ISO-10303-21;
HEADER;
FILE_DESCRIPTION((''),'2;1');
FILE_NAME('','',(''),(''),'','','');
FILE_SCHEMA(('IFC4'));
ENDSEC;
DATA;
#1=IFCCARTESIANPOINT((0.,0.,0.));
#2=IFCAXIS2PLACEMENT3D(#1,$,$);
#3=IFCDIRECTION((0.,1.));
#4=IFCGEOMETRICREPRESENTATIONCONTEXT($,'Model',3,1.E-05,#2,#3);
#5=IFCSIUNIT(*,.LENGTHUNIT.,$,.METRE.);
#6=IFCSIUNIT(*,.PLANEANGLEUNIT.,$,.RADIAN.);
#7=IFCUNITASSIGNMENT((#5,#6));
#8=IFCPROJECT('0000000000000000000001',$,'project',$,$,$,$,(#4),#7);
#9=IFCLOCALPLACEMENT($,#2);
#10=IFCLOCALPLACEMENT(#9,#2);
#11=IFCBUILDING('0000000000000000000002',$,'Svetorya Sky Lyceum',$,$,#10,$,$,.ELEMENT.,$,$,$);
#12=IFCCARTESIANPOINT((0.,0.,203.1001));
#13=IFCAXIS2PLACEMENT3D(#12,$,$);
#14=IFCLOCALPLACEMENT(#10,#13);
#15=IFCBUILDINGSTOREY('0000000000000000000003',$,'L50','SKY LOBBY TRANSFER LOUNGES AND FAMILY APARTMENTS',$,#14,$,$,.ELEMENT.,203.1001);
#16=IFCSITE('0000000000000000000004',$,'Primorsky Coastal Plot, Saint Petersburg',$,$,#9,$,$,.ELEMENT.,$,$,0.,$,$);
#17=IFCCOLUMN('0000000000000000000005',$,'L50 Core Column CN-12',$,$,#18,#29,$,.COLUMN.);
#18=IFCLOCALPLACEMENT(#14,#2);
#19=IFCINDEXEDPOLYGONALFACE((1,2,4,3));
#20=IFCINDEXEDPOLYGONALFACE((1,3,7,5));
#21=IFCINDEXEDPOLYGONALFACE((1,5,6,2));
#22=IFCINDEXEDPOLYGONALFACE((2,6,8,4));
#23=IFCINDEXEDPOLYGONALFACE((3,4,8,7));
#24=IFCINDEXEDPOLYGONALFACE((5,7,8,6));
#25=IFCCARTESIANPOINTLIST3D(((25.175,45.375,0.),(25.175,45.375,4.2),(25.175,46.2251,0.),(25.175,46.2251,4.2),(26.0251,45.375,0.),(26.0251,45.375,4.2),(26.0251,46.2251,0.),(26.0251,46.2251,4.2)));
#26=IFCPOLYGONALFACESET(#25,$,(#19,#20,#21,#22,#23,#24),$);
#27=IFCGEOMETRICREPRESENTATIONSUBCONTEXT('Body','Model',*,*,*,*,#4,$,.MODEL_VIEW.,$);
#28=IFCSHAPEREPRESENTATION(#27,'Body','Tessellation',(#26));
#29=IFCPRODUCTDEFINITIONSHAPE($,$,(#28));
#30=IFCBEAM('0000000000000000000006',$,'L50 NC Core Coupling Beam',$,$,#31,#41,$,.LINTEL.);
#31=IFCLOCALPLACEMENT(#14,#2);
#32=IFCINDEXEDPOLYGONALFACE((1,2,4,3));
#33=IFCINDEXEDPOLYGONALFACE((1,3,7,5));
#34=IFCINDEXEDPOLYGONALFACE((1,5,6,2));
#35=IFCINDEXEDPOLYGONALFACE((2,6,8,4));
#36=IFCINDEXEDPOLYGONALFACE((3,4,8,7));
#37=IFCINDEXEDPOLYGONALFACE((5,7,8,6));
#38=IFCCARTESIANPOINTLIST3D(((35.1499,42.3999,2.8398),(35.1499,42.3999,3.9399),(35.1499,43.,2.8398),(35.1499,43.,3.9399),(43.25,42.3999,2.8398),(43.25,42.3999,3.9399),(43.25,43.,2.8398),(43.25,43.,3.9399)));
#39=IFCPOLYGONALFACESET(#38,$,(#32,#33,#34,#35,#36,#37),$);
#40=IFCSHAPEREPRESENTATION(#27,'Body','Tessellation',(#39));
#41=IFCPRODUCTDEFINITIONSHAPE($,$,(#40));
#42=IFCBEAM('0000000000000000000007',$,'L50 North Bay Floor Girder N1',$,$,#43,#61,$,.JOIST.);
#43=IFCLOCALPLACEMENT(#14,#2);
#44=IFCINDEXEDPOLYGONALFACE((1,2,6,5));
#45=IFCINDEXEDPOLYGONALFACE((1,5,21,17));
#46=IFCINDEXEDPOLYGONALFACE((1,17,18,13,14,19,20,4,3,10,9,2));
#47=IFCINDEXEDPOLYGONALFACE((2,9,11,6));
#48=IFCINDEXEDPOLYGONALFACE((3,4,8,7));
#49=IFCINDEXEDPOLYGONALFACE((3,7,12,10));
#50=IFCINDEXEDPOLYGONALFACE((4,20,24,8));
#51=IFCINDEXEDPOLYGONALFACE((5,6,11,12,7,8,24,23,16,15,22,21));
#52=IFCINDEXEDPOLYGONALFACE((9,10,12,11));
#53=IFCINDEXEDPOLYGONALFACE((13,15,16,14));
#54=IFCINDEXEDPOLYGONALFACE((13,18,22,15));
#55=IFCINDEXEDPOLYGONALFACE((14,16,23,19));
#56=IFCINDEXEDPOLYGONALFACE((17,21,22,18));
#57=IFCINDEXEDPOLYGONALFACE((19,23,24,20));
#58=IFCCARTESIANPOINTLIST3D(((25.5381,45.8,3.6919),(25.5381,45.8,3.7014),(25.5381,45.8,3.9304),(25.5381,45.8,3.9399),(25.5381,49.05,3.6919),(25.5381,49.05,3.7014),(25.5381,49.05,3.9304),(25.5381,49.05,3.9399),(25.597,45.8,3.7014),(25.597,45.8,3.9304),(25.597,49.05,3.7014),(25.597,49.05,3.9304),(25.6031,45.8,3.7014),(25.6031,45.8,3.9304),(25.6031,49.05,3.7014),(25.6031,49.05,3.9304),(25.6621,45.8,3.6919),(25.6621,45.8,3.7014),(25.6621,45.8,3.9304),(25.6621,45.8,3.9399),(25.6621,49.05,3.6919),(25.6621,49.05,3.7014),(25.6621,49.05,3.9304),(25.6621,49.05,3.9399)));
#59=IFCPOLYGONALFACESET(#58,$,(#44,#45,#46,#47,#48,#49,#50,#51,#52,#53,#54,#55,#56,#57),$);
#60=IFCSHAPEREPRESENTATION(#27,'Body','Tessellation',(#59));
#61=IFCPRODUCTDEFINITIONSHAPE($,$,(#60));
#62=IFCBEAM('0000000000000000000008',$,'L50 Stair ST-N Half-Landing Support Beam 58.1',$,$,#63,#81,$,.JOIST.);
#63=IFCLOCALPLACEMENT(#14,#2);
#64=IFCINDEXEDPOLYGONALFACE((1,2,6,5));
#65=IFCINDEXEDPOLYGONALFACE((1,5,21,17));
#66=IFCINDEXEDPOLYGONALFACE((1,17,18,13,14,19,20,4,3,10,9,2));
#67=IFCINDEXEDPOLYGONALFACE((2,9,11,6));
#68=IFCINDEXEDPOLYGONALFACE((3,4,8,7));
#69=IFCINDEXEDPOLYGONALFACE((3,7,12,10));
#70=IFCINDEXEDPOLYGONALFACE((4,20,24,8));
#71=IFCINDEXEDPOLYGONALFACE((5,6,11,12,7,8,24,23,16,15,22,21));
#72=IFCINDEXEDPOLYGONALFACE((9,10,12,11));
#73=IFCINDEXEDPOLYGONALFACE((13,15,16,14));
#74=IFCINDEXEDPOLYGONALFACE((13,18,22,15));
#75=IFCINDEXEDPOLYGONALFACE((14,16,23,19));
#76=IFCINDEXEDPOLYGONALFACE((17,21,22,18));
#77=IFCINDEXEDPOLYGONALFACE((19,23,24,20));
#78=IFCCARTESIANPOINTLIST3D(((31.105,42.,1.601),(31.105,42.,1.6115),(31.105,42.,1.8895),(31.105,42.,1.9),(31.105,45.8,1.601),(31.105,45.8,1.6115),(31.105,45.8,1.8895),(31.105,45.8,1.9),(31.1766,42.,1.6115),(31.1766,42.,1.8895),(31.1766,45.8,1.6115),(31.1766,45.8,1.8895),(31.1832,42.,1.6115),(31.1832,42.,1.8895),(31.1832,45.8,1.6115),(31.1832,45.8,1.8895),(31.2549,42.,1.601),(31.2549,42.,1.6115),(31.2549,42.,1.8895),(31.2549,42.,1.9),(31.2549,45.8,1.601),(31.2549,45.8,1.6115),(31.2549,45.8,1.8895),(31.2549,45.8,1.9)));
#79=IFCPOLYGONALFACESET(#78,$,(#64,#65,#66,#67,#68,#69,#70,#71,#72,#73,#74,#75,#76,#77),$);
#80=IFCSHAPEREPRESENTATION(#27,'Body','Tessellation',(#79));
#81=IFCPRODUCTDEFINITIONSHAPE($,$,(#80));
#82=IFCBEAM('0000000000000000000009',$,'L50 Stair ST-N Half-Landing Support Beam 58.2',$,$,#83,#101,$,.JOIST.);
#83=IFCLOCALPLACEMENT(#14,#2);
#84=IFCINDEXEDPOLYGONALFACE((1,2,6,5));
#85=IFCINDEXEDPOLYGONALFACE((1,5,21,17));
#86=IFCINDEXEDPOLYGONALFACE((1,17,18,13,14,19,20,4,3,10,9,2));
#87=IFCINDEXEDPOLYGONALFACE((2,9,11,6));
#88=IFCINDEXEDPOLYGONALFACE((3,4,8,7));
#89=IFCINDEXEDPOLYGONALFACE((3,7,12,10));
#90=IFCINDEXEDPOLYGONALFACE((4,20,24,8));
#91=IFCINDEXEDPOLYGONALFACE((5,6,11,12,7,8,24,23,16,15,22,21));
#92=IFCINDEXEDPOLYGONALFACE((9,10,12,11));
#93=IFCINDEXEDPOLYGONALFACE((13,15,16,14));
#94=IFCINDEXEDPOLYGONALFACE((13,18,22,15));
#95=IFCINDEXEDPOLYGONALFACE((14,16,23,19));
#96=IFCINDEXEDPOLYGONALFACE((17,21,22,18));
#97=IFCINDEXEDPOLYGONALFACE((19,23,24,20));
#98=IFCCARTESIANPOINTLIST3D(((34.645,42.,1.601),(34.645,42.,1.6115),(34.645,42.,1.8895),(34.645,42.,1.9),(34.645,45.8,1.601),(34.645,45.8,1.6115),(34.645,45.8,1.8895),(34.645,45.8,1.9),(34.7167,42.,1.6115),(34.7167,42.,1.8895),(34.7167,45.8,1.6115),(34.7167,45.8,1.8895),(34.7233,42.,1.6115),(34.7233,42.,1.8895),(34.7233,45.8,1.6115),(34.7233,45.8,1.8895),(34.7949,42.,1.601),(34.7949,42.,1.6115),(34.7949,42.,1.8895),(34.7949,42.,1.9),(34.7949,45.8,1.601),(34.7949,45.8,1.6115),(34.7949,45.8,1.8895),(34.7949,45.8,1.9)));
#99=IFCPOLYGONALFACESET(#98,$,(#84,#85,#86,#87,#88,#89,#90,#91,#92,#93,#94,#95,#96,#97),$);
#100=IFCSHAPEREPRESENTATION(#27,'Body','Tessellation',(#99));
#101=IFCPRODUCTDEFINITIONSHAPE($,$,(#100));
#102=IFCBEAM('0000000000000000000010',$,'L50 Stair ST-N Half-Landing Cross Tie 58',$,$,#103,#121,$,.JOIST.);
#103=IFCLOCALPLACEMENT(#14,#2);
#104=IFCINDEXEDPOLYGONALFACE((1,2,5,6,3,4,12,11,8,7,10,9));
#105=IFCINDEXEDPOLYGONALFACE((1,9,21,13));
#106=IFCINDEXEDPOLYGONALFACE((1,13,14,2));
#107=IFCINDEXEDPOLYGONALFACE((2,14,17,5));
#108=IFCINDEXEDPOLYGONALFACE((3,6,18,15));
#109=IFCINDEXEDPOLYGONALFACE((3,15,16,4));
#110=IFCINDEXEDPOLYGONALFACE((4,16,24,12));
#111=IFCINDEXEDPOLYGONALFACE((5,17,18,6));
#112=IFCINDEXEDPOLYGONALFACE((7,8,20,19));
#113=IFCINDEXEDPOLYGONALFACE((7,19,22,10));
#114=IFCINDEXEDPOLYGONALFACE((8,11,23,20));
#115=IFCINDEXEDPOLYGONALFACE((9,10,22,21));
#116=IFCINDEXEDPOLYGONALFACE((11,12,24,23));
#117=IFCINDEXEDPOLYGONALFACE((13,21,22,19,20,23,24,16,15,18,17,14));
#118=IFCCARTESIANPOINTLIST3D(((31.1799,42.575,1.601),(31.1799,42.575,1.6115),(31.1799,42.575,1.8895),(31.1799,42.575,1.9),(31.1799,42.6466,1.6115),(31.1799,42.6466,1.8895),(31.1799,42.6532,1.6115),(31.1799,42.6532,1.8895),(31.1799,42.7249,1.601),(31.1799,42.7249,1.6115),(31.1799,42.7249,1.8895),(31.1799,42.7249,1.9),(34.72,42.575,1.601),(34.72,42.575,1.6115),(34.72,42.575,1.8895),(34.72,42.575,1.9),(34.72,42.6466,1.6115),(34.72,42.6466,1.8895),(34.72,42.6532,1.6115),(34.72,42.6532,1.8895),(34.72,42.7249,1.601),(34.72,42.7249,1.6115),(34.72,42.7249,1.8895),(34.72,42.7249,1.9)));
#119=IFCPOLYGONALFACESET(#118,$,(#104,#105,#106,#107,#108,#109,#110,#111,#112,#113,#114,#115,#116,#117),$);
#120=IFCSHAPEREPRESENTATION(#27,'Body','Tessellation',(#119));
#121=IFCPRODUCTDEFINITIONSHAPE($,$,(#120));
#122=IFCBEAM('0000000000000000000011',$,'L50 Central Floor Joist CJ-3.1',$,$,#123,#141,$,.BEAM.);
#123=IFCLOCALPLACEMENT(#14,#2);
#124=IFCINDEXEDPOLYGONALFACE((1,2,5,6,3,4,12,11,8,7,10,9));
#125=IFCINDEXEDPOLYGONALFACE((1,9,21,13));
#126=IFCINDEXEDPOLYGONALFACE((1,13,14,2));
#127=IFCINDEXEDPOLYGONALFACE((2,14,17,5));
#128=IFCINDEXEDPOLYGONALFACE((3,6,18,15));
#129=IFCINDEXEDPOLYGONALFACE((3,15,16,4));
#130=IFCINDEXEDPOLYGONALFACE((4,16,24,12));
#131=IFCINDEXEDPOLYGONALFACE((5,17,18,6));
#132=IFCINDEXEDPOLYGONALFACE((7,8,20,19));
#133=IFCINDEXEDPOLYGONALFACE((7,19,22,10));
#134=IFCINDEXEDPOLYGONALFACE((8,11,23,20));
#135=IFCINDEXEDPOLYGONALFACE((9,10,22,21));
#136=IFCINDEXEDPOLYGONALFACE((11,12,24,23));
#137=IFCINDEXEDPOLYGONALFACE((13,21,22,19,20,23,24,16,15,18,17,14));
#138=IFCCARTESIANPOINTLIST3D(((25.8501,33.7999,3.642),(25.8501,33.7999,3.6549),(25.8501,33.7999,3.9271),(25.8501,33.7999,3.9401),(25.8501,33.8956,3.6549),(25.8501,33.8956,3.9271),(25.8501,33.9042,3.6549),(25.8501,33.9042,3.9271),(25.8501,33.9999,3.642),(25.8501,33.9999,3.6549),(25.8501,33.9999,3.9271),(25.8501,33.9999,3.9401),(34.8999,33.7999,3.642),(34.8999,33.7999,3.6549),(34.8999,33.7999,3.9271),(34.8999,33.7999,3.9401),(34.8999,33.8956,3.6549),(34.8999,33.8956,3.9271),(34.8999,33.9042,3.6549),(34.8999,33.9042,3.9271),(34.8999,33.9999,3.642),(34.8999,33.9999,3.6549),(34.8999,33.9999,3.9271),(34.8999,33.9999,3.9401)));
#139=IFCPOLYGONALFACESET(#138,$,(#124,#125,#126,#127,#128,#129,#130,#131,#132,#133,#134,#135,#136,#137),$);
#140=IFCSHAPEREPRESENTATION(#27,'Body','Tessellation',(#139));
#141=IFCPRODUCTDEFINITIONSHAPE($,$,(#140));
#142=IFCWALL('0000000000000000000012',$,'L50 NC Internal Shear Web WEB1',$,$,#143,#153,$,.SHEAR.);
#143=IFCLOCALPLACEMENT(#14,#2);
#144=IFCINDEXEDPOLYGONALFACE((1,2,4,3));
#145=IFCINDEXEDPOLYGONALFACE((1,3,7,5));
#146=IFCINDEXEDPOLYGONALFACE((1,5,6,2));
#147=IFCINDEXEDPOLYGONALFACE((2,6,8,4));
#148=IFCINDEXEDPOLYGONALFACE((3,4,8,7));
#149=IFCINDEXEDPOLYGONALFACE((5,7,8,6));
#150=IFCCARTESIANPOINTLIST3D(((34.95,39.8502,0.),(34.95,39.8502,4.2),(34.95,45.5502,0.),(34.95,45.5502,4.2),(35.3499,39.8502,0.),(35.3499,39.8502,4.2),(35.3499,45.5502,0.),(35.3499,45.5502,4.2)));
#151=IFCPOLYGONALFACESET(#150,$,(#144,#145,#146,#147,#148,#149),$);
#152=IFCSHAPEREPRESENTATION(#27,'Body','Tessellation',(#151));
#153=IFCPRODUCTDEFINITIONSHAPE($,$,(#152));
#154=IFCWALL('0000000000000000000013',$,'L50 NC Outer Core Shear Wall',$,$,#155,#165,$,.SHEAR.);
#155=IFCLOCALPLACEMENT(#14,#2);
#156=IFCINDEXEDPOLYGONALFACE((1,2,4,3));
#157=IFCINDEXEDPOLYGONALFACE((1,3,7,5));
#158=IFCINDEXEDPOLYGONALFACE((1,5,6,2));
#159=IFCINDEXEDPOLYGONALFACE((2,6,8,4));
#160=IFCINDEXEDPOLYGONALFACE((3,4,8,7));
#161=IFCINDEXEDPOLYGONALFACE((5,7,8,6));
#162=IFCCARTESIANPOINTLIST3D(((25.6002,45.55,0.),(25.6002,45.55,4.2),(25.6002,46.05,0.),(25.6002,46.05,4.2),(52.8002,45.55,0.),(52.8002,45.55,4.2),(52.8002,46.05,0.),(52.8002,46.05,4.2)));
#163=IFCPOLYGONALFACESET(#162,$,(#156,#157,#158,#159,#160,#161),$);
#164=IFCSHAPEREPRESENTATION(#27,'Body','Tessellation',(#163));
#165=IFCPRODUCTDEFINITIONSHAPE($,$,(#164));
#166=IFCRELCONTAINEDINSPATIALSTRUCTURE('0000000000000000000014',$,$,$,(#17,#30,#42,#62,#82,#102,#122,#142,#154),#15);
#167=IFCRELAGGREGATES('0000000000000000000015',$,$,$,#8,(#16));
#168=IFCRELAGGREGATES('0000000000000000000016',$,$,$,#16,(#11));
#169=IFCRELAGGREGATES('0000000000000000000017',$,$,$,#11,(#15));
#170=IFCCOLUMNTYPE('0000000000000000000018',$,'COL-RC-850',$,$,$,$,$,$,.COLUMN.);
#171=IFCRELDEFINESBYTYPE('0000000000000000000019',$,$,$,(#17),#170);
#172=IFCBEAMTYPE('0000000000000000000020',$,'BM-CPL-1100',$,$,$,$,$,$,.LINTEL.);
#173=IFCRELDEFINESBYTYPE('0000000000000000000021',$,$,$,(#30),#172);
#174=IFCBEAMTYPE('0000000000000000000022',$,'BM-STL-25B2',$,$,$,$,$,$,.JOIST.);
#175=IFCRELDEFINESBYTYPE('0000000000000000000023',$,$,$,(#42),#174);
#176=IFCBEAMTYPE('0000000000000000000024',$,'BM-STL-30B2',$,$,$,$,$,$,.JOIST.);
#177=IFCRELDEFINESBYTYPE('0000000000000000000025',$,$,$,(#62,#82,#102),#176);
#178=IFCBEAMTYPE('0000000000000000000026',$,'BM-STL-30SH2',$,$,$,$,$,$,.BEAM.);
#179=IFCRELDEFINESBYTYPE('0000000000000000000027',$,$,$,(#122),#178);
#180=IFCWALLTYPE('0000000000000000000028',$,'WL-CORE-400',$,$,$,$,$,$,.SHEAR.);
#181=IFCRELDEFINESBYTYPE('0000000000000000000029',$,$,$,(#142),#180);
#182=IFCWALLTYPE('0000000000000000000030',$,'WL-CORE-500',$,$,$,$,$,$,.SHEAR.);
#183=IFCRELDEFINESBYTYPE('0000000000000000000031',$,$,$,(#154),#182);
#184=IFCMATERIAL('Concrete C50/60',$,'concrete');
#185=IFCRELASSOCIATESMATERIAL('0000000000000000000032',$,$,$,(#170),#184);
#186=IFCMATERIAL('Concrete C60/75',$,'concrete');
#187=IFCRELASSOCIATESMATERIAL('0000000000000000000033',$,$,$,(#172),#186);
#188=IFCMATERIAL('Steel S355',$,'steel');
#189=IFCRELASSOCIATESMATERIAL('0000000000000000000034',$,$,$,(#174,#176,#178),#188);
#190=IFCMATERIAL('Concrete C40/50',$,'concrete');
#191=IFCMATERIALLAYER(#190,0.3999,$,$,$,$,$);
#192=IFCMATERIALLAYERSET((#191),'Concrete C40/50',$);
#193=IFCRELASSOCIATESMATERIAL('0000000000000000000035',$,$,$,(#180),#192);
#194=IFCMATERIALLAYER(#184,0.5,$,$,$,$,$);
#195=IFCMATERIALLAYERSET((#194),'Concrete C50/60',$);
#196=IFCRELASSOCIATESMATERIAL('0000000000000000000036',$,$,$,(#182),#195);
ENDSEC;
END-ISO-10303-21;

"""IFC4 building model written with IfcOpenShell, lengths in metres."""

from ifc_helpers import new_model, si_unit, direction, frame, frame_2d, origin, origin_2d, place, context, subcontext, project, spatial, rectangle, i_section, extrude, material, layer, layer_set, material_profile, profile_set, type_object, element, save


model = new_model("IFC4")

# Units and contexts
model_context = context("Model", 3, precision=1e-05, world=origin(), true_north=direction((0.0, 1.0)))
body_context = subcontext(model_context, "Body", "Model", "MODEL_VIEW")
ifc_project = project(units=[si_unit("LENGTHUNIT", "METRE"), si_unit("PLANEANGLEUNIT", "RADIAN")], contexts=[model_context])

# Site, building, storey
site_placement = place(None, origin())
site = spatial("IfcSite", under=ifc_project, at=site_placement, Name="Primorsky Coastal Plot, Saint Petersburg", CompositionType="ELEMENT", RefElevation=0.0)
building_placement = place(site_placement, origin())
building = spatial("IfcBuilding", under=site, at=building_placement, Name="Svetorya Sky Lyceum", CompositionType="ELEMENT")
storey_placement = place(building_placement, frame((0.0, 0.0, 203.1001)))
storey = spatial("IfcBuildingStorey", under=building, at=storey_placement, Name="L50", Description="SKY LOBBY TRANSFER LOUNGES AND FAMILY APARTMENTS", CompositionType="ELEMENT", Elevation=203.1001)

# Column
ifc_material_1 = material(Name="Concrete C50/60", Category="concrete")
ifc_material_profile_1 = material_profile(ifc_material_1, rectangle(XDim=0.8501, YDim=0.8501, at=origin_2d()), Name="RC COL 850x850")
ifc_profile_set_1 = profile_set([ifc_material_profile_1], Name="Concrete C50/60")
column_type = type_object("IfcColumnType", Name="COL-RC-850", PredefinedType="COLUMN", material=ifc_profile_set_1)
column_placement = place(storey_placement, frame((25.6001, 45.8, 0.0), z_axis=(0.0, 0.0, 1.0), x_axis=(1.0, 0.0, 0.0)))
element("IfcColumn", 1, at=column_placement, inside=storey, type_object=column_type, Name="L50 Core Column CN-12", PredefinedType="COLUMN", context=body_context, shape_type="SweptSolid", body=[
    extrude(rectangle(XDim=0.8501, YDim=0.8501, at=origin_2d()), origin(), (0.0, 0.0, 1.0), 4.2),
])

# Beams
ifc_material_2 = material(Name="Concrete C60/75", Category="concrete")
ifc_material_profile_2 = material_profile(ifc_material_2, rectangle(XDim=0.6001, YDim=1.1001, at=origin_2d()), Name="RC COUPLING 600x1100")
ifc_profile_set_2 = profile_set([ifc_material_profile_2], Name="Concrete C60/75")
beam_type_1 = type_object("IfcBeamType", Name="BM-CPL-1100", PredefinedType="LINTEL", material=ifc_profile_set_2)
beam_1_placement = place(storey_placement, frame((35.1499, 42.7, 3.3899), z_axis=(1.0, 0.0, 0.0), x_axis=(0.0, 1.0, 0.0)))
element("IfcBeam", 2, at=beam_1_placement, inside=storey, type_object=beam_type_1, Name="L50 NC Core Coupling Beam", PredefinedType="LINTEL", context=body_context, shape_type="SweptSolid", body=[
    extrude(rectangle(XDim=0.6001, YDim=1.1001, at=origin_2d()), origin(), (0.0, 0.0, 1.0), 8.1001),
])
ifc_material_3 = material(Name="Steel S355", Category="steel")
ifc_material_profile_3 = material_profile(ifc_material_3, i_section(OverallWidth=0.124, OverallDepth=0.248, WebThickness=0.0061, FlangeThickness=0.0095, at=origin_2d()), Name="GOST 25B2")
ifc_profile_set_3 = profile_set([ifc_material_profile_3], Name="Steel S355")
beam_type_2 = type_object("IfcBeamType", Name="BM-STL-25B2", PredefinedType="JOIST", material=ifc_profile_set_3)
beam_2_placement = place(storey_placement, frame((25.6001, 45.8, 3.8159), z_axis=(0.0, 1.0, 0.0), x_axis=(-1.0, 0.0, 0.0)))
element("IfcBeam", 3, at=beam_2_placement, inside=storey, type_object=beam_type_2, Name="L50 North Bay Floor Girder N1", PredefinedType="JOIST", context=body_context, shape_type="SweptSolid", body=[
    extrude(i_section(OverallWidth=0.124, OverallDepth=0.248, WebThickness=0.0061, FlangeThickness=0.0095, at=origin_2d()), origin(), (0.0, 0.0, 1.0), 3.25),
])
ifc_material_profile_4 = material_profile(ifc_material_3, i_section(OverallWidth=0.1499, OverallDepth=0.2991, WebThickness=0.0066, FlangeThickness=0.0105, at=origin_2d()), Name="GOST 30B2")
ifc_profile_set_4 = profile_set([ifc_material_profile_4], Name="Steel S355")
beam_type_3 = type_object("IfcBeamType", Name="BM-STL-30B2", PredefinedType="JOIST", material=ifc_profile_set_4)
for number, where, z_axis, x_axis, name in (
    (4, (31.1799, 42.0, 1.7505), (0.0, 1.0, 0.0), (-1.0, 0.0, 0.0), "L50 Stair ST-N Half-Landing Support Beam 58.1"),
    (5, (34.72, 42.0, 1.7505), (0.0, 1.0, 0.0), (-1.0, 0.0, 0.0), "L50 Stair ST-N Half-Landing Support Beam 58.2"),
):
    element("IfcBeam", number, at=place(storey_placement, frame(where, z_axis=z_axis, x_axis=x_axis)), inside=storey, type_object=beam_type_3, Name=name, PredefinedType="JOIST", context=body_context, shape_type="SweptSolid", body=[
        extrude(i_section(OverallWidth=0.1499, OverallDepth=0.2991, WebThickness=0.0066, FlangeThickness=0.0105, at=origin_2d()), origin(), (0.0, 0.0, 1.0), 3.8),
    ])
beam_3_placement = place(storey_placement, frame((31.1799, 42.6499, 1.7505), z_axis=(1.0, 0.0, 0.0), x_axis=(0.0, 1.0, 0.0)))
element("IfcBeam", 6, at=beam_3_placement, inside=storey, type_object=beam_type_3, Name="L50 Stair ST-N Half-Landing Cross Tie 58", PredefinedType="JOIST", context=body_context, shape_type="SweptSolid", body=[
    extrude(i_section(OverallWidth=0.1499, OverallDepth=0.2991, WebThickness=0.0066, FlangeThickness=0.0105, at=origin_2d()), origin(), (0.0, 0.0, 1.0), 3.54),
])
ifc_material_profile_5 = material_profile(ifc_material_3, i_section(OverallWidth=0.2, OverallDepth=0.2981, WebThickness=0.0085, FlangeThickness=0.0129, at=origin_2d()), Name="GOST 30Sh2")
ifc_profile_set_5 = profile_set([ifc_material_profile_5], Name="Steel S355")
beam_type_4 = type_object("IfcBeamType", Name="BM-STL-30SH2", PredefinedType="BEAM", material=ifc_profile_set_5)
beam_4_placement = place(storey_placement, frame((25.8501, 33.8999, 3.791), z_axis=(1.0, 0.0, 0.0), x_axis=(0.0, 1.0, 0.0)))
element("IfcBeam", 7, at=beam_4_placement, inside=storey, type_object=beam_type_4, Name="L50 Central Floor Joist CJ-3.1", PredefinedType="BEAM", context=body_context, shape_type="SweptSolid", body=[
    extrude(i_section(OverallWidth=0.2, OverallDepth=0.2981, WebThickness=0.0085, FlangeThickness=0.0129, at=origin_2d()), origin(), (0.0, 0.0, 1.0), 9.0498),
])

# Walls
ifc_material_4 = material(Name="Concrete C40/50", Category="concrete")
ifc_layer_1 = layer(ifc_material_4, 0.3999)
ifc_layer_set_1 = layer_set([ifc_layer_1], Name="Concrete C40/50")
wall_type_1 = type_object("IfcWallType", Name="WL-CORE-400", PredefinedType="SHEAR", material=ifc_layer_set_1)
wall_1_placement = place(storey_placement, frame((35.1499, 39.8501, 0.0), z_axis=(0.0, 0.0, 1.0), x_axis=(0.0, 1.0, 0.0)))
element("IfcWall", 8, at=wall_1_placement, inside=storey, type_object=wall_type_1, Name="L50 NC Internal Shear Web WEB1", PredefinedType="SHEAR", context=body_context, shape_type="SweptSolid", body=[
    extrude(rectangle(XDim=5.7, YDim=0.3999, at=frame_2d((2.8501, 0.0))), origin(), (0.0, 0.0, 1.0), 4.2),
])
ifc_layer_2 = layer(ifc_material_1, 0.5)
ifc_layer_set_2 = layer_set([ifc_layer_2], Name="Concrete C50/60")
wall_type_2 = type_object("IfcWallType", Name="WL-CORE-500", PredefinedType="SHEAR", material=ifc_layer_set_2)
wall_2_placement = place(storey_placement, frame((25.6001, 45.8, 0.0), z_axis=(0.0, 0.0, 1.0), x_axis=(1.0, 0.0, 0.0)))
element("IfcWall", 9, at=wall_2_placement, inside=storey, type_object=wall_type_2, Name="L50 NC Outer Core Shear Wall", PredefinedType="SHEAR", context=body_context, shape_type="SweptSolid", body=[
    extrude(rectangle(XDim=27.2, YDim=0.5, at=frame_2d((13.6001, 0.0))), origin(), (0.0, 0.0, 1.0), 4.2),
])

save(model, "model.ifc")
